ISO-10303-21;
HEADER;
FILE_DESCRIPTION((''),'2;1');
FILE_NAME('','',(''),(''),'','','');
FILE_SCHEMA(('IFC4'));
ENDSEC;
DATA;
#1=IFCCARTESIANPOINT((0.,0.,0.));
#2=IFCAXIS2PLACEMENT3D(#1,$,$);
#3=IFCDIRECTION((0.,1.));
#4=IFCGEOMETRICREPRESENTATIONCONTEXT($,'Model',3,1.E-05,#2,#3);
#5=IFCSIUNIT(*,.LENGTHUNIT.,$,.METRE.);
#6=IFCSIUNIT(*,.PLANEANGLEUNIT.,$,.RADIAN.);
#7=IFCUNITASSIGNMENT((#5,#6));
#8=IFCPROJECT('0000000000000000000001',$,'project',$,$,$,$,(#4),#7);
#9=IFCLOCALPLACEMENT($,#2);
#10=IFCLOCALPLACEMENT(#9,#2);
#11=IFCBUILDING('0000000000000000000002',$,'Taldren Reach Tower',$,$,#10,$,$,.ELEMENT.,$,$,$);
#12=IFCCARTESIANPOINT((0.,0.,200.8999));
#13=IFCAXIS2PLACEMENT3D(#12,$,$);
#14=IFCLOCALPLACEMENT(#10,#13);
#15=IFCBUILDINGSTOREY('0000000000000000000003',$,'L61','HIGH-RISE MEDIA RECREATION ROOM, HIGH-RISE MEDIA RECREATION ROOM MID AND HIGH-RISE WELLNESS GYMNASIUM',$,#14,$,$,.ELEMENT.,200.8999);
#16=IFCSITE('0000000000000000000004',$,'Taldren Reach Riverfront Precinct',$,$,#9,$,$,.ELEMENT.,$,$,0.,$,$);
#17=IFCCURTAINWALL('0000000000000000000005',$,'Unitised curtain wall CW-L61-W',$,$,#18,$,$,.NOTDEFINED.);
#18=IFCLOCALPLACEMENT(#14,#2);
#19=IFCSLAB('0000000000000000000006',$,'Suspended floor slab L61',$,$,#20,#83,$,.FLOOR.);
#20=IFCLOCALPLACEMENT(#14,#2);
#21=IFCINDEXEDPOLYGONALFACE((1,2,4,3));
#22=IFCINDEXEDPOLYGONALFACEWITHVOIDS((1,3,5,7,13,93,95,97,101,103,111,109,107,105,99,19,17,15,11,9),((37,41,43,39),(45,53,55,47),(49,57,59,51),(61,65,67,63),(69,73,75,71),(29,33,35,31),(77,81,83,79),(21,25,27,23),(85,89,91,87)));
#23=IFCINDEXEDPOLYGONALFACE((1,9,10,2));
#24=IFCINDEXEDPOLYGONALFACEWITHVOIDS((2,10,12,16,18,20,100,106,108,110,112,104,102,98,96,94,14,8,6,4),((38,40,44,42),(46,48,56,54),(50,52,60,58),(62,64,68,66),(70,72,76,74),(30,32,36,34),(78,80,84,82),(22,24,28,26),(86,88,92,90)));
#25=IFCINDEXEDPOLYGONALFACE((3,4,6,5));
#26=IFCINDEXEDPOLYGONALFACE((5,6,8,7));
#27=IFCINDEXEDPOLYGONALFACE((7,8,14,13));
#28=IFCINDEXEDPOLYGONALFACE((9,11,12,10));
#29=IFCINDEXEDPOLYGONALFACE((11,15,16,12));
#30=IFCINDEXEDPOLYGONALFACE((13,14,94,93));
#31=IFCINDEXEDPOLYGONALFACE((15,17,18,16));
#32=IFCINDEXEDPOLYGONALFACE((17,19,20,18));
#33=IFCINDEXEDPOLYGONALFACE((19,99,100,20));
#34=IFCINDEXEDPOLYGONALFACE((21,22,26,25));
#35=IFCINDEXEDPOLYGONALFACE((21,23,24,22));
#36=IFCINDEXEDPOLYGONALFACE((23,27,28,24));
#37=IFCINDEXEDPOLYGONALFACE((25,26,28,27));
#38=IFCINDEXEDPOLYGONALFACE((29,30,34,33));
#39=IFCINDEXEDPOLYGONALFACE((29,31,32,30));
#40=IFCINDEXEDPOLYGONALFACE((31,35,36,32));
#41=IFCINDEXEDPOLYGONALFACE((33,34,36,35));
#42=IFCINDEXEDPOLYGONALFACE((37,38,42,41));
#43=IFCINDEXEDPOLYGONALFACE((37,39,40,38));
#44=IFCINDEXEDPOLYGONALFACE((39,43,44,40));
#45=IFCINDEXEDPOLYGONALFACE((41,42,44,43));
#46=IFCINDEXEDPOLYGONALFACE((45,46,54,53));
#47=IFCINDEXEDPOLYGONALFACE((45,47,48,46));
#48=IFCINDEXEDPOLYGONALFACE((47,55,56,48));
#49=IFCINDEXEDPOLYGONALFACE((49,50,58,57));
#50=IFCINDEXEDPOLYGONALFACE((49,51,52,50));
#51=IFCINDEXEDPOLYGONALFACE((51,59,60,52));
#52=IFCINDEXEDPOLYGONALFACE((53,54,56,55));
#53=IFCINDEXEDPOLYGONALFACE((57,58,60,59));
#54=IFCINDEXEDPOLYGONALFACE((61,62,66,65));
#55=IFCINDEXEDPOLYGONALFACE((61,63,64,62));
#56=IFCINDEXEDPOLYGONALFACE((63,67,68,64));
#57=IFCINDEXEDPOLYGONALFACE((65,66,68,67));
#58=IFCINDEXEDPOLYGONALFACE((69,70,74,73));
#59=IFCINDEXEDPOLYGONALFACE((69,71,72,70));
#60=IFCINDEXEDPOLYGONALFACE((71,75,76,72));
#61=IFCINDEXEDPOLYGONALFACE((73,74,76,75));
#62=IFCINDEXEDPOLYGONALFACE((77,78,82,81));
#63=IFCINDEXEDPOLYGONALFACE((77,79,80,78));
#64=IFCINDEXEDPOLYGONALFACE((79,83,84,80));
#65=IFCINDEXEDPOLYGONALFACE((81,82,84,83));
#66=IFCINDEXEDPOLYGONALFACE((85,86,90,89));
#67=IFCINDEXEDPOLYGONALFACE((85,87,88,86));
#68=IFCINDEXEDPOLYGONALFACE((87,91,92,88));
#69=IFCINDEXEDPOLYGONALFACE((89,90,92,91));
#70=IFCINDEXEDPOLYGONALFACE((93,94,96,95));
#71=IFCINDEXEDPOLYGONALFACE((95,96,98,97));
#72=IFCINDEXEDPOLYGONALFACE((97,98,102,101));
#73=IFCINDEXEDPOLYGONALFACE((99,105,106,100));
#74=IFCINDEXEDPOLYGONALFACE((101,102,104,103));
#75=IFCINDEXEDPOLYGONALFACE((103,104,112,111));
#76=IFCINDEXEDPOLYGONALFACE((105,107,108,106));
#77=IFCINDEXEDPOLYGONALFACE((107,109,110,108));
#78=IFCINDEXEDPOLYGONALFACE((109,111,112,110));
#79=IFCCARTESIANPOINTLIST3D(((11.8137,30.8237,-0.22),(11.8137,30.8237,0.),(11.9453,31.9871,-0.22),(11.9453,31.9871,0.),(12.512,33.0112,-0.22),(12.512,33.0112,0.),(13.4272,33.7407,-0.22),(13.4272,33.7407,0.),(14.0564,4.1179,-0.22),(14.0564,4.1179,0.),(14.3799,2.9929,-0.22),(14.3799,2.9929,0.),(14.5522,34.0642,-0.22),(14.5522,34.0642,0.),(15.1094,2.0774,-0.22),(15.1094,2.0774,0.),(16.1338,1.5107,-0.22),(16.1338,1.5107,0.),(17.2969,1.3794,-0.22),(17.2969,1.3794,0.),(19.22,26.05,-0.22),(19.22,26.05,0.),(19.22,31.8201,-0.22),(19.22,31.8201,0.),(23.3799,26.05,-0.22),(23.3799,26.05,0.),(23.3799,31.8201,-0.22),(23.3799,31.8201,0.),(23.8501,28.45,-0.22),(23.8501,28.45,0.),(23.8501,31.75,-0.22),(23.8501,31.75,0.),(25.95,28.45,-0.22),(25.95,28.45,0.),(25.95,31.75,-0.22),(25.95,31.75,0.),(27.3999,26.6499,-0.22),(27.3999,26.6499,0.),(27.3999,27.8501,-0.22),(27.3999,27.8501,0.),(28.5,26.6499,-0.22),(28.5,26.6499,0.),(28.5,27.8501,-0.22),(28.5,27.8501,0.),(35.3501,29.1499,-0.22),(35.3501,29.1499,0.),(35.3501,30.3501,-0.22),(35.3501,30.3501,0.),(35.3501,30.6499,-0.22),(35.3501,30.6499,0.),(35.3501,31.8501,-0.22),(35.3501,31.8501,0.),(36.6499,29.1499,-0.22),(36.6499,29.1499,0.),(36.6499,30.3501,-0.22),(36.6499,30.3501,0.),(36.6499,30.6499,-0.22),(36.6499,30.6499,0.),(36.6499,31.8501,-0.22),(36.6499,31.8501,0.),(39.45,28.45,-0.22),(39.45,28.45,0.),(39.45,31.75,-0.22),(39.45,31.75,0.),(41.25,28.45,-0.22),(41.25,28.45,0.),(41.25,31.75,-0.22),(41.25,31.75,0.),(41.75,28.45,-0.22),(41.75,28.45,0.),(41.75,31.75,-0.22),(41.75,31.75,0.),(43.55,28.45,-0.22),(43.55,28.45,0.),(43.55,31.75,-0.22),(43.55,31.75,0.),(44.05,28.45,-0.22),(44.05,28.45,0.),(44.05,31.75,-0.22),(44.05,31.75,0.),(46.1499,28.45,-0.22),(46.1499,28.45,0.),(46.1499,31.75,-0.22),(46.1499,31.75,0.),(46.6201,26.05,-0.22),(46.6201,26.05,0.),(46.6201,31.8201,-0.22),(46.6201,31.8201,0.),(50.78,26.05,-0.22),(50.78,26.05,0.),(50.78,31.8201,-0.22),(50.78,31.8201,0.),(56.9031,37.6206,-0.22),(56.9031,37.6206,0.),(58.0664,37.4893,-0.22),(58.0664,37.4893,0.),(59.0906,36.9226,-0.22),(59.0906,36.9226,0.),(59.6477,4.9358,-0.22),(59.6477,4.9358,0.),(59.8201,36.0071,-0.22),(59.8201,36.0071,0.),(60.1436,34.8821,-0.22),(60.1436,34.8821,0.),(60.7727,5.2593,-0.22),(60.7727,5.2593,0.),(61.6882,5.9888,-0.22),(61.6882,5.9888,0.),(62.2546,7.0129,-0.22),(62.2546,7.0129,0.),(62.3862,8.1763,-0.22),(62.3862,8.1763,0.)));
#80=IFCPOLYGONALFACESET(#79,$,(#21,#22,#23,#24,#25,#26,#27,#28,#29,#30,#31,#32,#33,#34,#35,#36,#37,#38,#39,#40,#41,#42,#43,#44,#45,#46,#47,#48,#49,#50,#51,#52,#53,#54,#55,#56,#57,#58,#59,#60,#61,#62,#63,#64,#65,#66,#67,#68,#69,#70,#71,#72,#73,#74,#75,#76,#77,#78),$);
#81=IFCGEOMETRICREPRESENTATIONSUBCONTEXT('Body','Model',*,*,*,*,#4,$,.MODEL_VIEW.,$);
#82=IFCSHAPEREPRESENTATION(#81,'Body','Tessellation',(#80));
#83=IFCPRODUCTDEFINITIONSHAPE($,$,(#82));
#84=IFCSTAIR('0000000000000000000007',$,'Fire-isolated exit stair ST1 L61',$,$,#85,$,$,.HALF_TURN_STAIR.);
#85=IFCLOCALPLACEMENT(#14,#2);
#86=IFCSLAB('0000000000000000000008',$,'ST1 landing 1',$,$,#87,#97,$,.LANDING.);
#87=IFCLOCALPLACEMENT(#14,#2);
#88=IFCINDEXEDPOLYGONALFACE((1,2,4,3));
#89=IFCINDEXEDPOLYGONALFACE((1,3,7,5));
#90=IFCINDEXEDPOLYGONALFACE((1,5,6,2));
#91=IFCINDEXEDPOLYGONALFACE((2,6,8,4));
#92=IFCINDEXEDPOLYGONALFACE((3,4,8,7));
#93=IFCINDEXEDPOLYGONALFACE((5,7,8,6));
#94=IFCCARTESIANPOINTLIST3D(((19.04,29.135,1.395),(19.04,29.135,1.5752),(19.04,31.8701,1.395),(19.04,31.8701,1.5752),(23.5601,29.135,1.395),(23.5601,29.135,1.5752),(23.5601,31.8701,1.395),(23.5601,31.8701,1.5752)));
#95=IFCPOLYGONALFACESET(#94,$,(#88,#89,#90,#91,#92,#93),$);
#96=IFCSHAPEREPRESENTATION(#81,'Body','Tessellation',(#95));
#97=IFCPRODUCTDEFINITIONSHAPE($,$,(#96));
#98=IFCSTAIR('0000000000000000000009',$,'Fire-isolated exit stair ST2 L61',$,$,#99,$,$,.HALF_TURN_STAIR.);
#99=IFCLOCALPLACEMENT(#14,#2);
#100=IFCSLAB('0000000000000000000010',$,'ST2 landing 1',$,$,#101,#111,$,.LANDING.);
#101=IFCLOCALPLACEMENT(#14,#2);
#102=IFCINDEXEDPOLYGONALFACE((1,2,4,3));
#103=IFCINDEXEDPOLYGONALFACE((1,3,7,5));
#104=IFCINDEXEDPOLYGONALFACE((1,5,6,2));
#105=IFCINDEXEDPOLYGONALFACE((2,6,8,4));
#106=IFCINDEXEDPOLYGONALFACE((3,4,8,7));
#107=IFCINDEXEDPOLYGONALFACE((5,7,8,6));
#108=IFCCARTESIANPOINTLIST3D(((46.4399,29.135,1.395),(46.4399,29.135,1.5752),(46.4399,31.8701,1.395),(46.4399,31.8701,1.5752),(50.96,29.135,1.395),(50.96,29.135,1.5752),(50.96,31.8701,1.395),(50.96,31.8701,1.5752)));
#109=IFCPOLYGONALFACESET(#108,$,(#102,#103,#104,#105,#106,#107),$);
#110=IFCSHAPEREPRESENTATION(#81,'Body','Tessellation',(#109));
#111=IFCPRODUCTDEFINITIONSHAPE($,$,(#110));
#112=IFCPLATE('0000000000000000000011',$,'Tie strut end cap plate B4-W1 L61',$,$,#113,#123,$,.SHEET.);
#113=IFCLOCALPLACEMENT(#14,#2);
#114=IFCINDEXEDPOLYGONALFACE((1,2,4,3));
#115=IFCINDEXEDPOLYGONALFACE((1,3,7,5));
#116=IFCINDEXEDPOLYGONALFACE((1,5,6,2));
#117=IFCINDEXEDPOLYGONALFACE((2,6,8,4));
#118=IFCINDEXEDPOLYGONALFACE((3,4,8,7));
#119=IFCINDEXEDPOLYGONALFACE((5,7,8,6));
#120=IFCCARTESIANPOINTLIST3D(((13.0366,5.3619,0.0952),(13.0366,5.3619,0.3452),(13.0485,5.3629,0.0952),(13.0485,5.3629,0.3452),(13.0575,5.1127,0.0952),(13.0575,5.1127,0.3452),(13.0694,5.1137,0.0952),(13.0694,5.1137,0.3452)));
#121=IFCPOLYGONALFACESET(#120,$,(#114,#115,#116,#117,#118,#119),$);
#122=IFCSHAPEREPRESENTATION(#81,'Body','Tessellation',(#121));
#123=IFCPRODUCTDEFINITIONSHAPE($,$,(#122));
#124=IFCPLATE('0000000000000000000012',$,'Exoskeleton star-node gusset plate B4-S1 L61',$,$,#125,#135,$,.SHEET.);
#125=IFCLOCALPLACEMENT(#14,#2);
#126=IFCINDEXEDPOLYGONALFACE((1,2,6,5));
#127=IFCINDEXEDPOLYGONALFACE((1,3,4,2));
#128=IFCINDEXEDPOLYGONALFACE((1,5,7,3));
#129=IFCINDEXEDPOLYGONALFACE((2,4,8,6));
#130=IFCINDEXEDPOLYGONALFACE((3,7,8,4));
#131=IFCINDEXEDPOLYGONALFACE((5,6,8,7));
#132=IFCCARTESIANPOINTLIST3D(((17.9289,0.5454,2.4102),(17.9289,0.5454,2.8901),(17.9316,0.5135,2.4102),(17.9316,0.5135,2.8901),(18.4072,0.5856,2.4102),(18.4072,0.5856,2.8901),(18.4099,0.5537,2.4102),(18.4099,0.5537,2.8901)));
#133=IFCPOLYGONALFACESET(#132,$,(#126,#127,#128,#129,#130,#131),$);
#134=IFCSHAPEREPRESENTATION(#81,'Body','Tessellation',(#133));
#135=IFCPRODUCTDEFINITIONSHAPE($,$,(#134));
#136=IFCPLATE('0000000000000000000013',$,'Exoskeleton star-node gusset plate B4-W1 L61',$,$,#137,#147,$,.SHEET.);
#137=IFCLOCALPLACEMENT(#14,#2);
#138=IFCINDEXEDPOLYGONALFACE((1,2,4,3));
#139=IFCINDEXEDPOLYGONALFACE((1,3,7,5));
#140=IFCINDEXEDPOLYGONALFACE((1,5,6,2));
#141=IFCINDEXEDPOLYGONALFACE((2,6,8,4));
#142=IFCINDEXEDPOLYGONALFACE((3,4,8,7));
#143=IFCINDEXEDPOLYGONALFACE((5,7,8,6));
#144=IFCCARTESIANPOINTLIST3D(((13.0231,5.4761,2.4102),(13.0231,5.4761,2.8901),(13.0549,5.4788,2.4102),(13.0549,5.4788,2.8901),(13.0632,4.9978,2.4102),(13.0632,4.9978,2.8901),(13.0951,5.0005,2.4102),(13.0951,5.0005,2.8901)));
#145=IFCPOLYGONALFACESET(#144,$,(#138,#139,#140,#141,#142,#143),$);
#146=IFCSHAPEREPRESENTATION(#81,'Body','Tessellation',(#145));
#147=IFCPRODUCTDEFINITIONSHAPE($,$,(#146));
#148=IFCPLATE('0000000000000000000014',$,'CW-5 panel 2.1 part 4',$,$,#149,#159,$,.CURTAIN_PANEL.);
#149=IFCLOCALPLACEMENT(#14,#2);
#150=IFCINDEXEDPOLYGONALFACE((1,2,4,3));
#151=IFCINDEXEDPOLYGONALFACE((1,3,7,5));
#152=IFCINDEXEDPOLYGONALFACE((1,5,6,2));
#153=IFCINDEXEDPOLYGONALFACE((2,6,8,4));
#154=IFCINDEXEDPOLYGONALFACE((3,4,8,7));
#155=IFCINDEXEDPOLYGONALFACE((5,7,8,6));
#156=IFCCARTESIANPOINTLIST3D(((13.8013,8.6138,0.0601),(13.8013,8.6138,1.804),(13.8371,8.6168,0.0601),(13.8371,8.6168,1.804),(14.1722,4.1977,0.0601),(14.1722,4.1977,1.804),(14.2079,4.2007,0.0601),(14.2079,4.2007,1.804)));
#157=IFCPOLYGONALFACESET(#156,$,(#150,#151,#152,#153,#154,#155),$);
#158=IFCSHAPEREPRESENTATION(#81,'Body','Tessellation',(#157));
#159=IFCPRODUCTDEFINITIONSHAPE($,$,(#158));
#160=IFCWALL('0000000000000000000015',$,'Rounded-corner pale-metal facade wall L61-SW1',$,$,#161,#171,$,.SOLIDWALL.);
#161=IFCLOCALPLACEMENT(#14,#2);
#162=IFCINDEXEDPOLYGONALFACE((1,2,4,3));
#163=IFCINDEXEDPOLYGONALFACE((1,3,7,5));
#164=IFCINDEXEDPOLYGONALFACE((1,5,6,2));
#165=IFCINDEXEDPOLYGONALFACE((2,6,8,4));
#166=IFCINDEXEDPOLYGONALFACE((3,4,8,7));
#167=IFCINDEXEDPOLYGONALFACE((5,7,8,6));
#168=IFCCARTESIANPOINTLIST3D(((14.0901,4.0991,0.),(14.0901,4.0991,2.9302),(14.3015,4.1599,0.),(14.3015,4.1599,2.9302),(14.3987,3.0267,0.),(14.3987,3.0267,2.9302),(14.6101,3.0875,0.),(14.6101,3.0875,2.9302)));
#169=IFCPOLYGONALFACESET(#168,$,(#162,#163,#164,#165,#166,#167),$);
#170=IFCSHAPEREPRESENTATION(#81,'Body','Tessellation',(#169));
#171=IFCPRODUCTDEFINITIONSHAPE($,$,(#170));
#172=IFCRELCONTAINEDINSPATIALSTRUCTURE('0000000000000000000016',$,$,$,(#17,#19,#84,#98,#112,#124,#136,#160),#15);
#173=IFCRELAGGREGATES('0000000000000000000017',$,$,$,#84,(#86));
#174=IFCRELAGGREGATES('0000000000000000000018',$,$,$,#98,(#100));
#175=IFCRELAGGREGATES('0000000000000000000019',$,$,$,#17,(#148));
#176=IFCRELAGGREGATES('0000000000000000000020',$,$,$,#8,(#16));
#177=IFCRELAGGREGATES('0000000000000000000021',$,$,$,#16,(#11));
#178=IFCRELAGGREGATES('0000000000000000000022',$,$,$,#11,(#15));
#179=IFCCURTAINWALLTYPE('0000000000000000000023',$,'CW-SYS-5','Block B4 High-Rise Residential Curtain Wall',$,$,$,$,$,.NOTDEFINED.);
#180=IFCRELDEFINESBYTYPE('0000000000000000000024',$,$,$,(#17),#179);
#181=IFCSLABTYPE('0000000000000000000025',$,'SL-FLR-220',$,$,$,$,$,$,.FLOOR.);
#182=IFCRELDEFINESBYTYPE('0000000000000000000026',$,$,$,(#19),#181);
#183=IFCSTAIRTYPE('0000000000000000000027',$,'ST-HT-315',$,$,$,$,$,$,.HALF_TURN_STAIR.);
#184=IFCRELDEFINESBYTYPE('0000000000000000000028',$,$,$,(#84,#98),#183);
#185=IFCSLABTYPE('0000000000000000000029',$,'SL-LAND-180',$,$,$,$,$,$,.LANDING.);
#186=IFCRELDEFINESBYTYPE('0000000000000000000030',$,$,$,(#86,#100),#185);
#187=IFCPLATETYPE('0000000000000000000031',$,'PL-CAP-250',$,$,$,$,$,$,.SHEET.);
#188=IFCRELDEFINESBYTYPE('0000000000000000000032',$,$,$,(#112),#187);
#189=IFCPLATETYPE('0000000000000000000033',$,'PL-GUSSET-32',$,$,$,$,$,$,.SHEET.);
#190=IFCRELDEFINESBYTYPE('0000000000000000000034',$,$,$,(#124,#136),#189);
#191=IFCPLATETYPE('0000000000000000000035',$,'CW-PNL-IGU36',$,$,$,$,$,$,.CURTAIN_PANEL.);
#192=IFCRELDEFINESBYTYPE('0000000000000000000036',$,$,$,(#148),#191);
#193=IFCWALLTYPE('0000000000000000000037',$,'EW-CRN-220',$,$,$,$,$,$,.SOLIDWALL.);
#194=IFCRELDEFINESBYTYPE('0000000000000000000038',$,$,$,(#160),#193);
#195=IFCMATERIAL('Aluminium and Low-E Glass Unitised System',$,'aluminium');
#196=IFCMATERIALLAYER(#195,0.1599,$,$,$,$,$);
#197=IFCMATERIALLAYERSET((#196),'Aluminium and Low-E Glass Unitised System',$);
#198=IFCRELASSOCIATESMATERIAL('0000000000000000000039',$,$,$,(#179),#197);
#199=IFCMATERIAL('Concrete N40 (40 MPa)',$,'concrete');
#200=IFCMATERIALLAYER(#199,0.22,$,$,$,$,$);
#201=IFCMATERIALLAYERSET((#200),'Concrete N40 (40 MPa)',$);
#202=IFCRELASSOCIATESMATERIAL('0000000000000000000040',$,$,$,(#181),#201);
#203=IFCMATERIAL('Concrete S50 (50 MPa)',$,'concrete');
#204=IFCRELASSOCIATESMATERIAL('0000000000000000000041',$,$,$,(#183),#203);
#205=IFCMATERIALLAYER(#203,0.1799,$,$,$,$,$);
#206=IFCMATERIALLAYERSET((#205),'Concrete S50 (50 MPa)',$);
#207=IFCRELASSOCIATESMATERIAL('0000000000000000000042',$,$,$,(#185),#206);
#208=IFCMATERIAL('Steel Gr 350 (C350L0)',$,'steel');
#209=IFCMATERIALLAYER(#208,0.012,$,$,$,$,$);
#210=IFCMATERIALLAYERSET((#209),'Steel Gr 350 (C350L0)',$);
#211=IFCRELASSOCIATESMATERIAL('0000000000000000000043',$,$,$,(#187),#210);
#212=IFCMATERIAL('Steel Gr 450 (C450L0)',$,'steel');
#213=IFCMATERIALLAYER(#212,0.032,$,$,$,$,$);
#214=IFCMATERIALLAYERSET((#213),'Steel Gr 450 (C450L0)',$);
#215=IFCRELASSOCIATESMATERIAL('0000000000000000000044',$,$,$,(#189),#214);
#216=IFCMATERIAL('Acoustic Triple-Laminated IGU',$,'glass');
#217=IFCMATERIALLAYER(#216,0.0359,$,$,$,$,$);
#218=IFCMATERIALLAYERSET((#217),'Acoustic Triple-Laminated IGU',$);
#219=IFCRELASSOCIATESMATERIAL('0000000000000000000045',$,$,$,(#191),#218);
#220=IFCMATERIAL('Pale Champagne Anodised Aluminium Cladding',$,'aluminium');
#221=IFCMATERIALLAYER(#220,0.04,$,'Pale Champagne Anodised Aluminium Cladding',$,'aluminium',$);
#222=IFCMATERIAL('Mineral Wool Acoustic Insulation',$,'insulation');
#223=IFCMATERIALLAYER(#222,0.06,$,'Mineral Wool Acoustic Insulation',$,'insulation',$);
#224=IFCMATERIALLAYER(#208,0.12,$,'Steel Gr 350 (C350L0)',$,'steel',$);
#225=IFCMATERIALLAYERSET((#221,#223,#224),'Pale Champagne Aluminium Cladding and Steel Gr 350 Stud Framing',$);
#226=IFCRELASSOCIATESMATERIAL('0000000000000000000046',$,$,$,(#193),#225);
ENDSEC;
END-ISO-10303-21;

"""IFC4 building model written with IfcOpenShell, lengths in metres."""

from ifc_helpers import new_model, si_unit, direction, frame, frame_2d, origin, origin_2d, place, context, subcontext, project, spatial, polyline, rectangle, outline, extrude, source, transform, mapped, material, layer, layer_set, type_object, element, aggregate, save


model = new_model("IFC4")

# Units and contexts
model_context = context("Model", 3, precision=1e-05, world=origin(), true_north=direction((0.0, 1.0)))
body_context = subcontext(model_context, "Body", "Model", "MODEL_VIEW")
ifc_project = project(units=[si_unit("LENGTHUNIT", "METRE"), si_unit("PLANEANGLEUNIT", "RADIAN")], contexts=[model_context])

# Site, building, storey
site_placement = place(None, origin())
site = spatial("IfcSite", under=ifc_project, at=site_placement, Name="Taldren Reach Riverfront Precinct", CompositionType="ELEMENT", RefElevation=0.0)
building_placement = place(site_placement, origin())
building = spatial("IfcBuilding", under=site, at=building_placement, Name="Taldren Reach Tower", CompositionType="ELEMENT")
storey_placement = place(building_placement, frame((0.0, 0.0, 200.8999)))
storey = spatial("IfcBuildingStorey", under=building, at=storey_placement, Name="L61", Description="HIGH-RISE MEDIA RECREATION ROOM, HIGH-RISE MEDIA RECREATION ROOM MID AND HIGH-RISE WELLNESS GYMNASIUM", CompositionType="ELEMENT", Elevation=200.8999)

# Shared definitions
ifc_material_1 = material(Name="Steel Gr 350 (C350L0)", Category="steel")

# Shared definitions
ifc_material_2 = material(Name="Steel Gr 450 (C450L0)", Category="steel")

# Curtain wall
ifc_material_3 = material(Name="Aluminium and Low-E Glass Unitised System", Category="aluminium")
ifc_layer_1 = layer(ifc_material_3, 0.1599)
ifc_layer_set_1 = layer_set([ifc_layer_1], Name="Aluminium and Low-E Glass Unitised System")
curtain_wall_type = type_object("IfcCurtainWallType", Name="CW-SYS-5", Description="Block B4 High-Rise Residential Curtain Wall", PredefinedType="NOTDEFINED", material=ifc_layer_set_1)
curtain_wall_1_placement = place(storey_placement, origin())
curtain_wall_1 = element("IfcCurtainWall", 1, at=curtain_wall_1_placement, inside=storey, type_object=curtain_wall_type, Name="Unitised curtain wall CW-L61-W", PredefinedType="NOTDEFINED")

# Slab
ifc_material_4 = material(Name="Concrete N40 (40 MPa)", Category="concrete")
ifc_layer_2 = layer(ifc_material_4, 0.22)
ifc_layer_set_2 = layer_set([ifc_layer_2], Name="Concrete N40 (40 MPa)")
slab_type_1 = type_object("IfcSlabType", Name="SL-FLR-220", PredefinedType="FLOOR", material=ifc_layer_set_2)
slab_1_placement = place(storey_placement, frame((0.0, 0.0, -0.22)))
element("IfcSlab", 2, at=slab_1_placement, inside=storey, type_object=slab_type_1, Name="Suspended floor slab L61", PredefinedType="FLOOR", context=body_context, shape_type="SweptSolid", body=[
    extrude(outline(polyline([(59.6477, 4.9358), (60.7727, 5.2593), (61.6882, 5.9888), (62.2546, 7.0129), (62.3862, 8.1763), (60.1436, 34.8821), (59.8201, 36.0071), (59.0906, 36.9226), (58.0664, 37.4893), (56.9031, 37.6206), (14.5522, 34.0642), (13.4272, 33.7407), (12.512, 33.0112), (11.9453, 31.9871), (11.8137, 30.8237), (14.0564, 4.1179), (14.3799, 2.9929), (15.1094, 2.0774), (16.1338, 1.5107), (17.2969, 1.3794), (59.6477, 4.9358)]), holes=[polyline([(19.22, 26.05), (23.3799, 26.05), (23.3799, 31.8201), (19.22, 31.8201), (19.22, 26.05)]), polyline([(46.6201, 26.05), (50.78, 26.05), (50.78, 31.8201), (46.6201, 31.8201), (46.6201, 26.05)]), polyline([(23.8501, 28.45), (25.95, 28.45), (25.95, 31.75), (23.8501, 31.75), (23.8501, 28.45)]), polyline([(44.05, 28.45), (46.1499, 28.45), (46.1499, 31.75), (44.05, 31.75), (44.05, 28.45)]), polyline([(39.45, 28.45), (41.25, 28.45), (41.25, 31.75), (39.45, 31.75), (39.45, 28.45)]), polyline([(41.75, 28.45), (43.55, 28.45), (43.55, 31.75), (41.75, 31.75), (41.75, 28.45)]), polyline([(35.3501, 30.6499), (36.6499, 30.6499), (36.6499, 31.8501), (35.3501, 31.8501), (35.3501, 30.6499)]), polyline([(35.3501, 29.1499), (36.6499, 29.1499), (36.6499, 30.3501), (35.3501, 30.3501), (35.3501, 29.1499)]), polyline([(27.3999, 26.6499), (28.5, 26.6499), (28.5, 27.8501), (27.3999, 27.8501), (27.3999, 26.6499)])]), origin(), (0.0, 0.0, 1.0), 0.22),
])

# Stairs, slabs
ifc_material_5 = material(Name="Concrete S50 (50 MPa)", Category="concrete")
stair_type = type_object("IfcStairType", Name="ST-HT-315", PredefinedType="HALF_TURN_STAIR", material=ifc_material_5)
stair_1_placement = place(storey_placement, origin())
stair_1 = element("IfcStair", 3, at=stair_1_placement, inside=storey, type_object=stair_type, Name="Fire-isolated exit stair ST1 L61", PredefinedType="HALF_TURN_STAIR")
ifc_layer_3 = layer(ifc_material_5, 0.1799)
ifc_layer_set_3 = layer_set([ifc_layer_3], Name="Concrete S50 (50 MPa)")
slab_type_2 = type_object("IfcSlabType", Name="SL-LAND-180", PredefinedType="LANDING", material=ifc_layer_set_3)
slab_2_placement = place(storey_placement, frame((0.0, 0.0, 1.395)))
slab_2 = element("IfcSlab", 4, at=slab_2_placement, type_object=slab_type_2, Name="ST1 landing 1", PredefinedType="LANDING", context=body_context, shape_type="SweptSolid", body=[
    extrude(outline(polyline([(19.04, 29.135), (23.5601, 29.135), (23.5601, 31.8701), (19.04, 31.8701), (19.04, 29.135)])), origin(), (0.0, 0.0, 1.0), 0.1802),
])
aggregate(stair_1, [slab_2])
stair_2_placement = place(storey_placement, origin())
stair_2 = element("IfcStair", 5, at=stair_2_placement, inside=storey, type_object=stair_type, Name="Fire-isolated exit stair ST2 L61", PredefinedType="HALF_TURN_STAIR")
slab_3_placement = place(storey_placement, frame((0.0, 0.0, 1.395)))
slab_3 = element("IfcSlab", 6, at=slab_3_placement, type_object=slab_type_2, Name="ST2 landing 1", PredefinedType="LANDING", context=body_context, shape_type="SweptSolid", body=[
    extrude(outline(polyline([(46.4399, 29.135), (50.96, 29.135), (50.96, 31.8701), (46.4399, 31.8701), (46.4399, 29.135)])), origin(), (0.0, 0.0, 1.0), 0.1802),
])
aggregate(stair_2, [slab_3])

# Plates
ifc_layer_4 = layer(ifc_material_1, 0.012)
ifc_layer_set_4 = layer_set([ifc_layer_4], Name="Steel Gr 350 (C350L0)")
plate_type_1 = type_object("IfcPlateType", Name="PL-CAP-250", PredefinedType="SHEET", material=ifc_layer_set_4)
shared_shape_1 = source(origin(), body_context, "Body", "SweptSolid", [
    extrude(rectangle(XDim=0.012, YDim=0.25, at=origin_2d()), origin(), (0.0, 0.0, 1.0), 0.25),
])
plate_1_placement = place(storey_placement, frame((13.053, 5.2378, 0.0952), z_axis=(0.0, 0.0, 1.0), x_axis=(0.996493, 0.083678, 0.0)))
element("IfcPlate", 7, at=plate_1_placement, inside=storey, type_object=plate_type_1, Name="Tie strut end cap plate B4-W1 L61", PredefinedType="SHEET", context=body_context, shape_type="MappedRepresentation", body=[
    mapped(shared_shape_1, transform((0.0, 0.0, 0.0), scale=1.0)),
])
ifc_layer_5 = layer(ifc_material_2, 0.032)
ifc_layer_set_5 = layer_set([ifc_layer_5], Name="Steel Gr 450 (C450L0)")
plate_type_2 = type_object("IfcPlateType", Name="PL-GUSSET-32", PredefinedType="SHEET", material=ifc_layer_set_5)
shared_shape_2 = source(origin(), body_context, "Body", "SweptSolid", [
    extrude(rectangle(XDim=0.48, YDim=0.032, at=origin_2d()), origin(), (0.0, 0.0, 1.0), 0.48),
])
for number, where, z_axis, x_axis, name in (
    (8, (18.1694, 0.5496, 2.4102), (0.0, 0.0, 1.0), (0.996493, 0.083678, 0.0), "Exoskeleton star-node gusset plate B4-S1 L61"),
    (9, (13.0591, 5.2383, 2.4102), (0.0, 0.0, 1.0), (-0.083678, 0.996493, 0.0), "Exoskeleton star-node gusset plate B4-W1 L61"),
):
    element("IfcPlate", number, at=place(storey_placement, frame(where, z_axis=z_axis, x_axis=x_axis)), inside=storey, type_object=plate_type_2, Name=name, PredefinedType="SHEET", context=body_context, shape_type="MappedRepresentation", body=[
        mapped(shared_shape_2, transform((0.0, 0.0, 0.0), scale=1.0)),
    ])

# Plate
ifc_material_6 = material(Name="Acoustic Triple-Laminated IGU", Category="glass")
ifc_layer_6 = layer(ifc_material_6, 0.0359)
ifc_layer_set_6 = layer_set([ifc_layer_6], Name="Acoustic Triple-Laminated IGU")
plate_type_3 = type_object("IfcPlateType", Name="CW-PNL-IGU36", PredefinedType="CURTAIN_PANEL", material=ifc_layer_set_6)
shared_shape_3 = source(origin(), body_context, "Body", "SweptSolid", [
    extrude(rectangle(XDim=4.4316, YDim=0.0359, at=origin_2d()), origin(), (0.0, 0.0, 1.0), 1.7439),
])
plate_2_placement = place(storey_placement, frame((14.0046, 6.4072, 0.0601), z_axis=(0.0, 0.0, 1.0), x_axis=(0.083678, -0.996493, 0.0)))
plate_2 = element("IfcPlate", 10, at=plate_2_placement, type_object=plate_type_3, Name="CW-5 panel 2.1 part 4", PredefinedType="CURTAIN_PANEL", context=body_context, shape_type="MappedRepresentation", body=[
    mapped(shared_shape_3, transform((0.0, 0.0, 0.0), scale=1.0)),
])
aggregate(curtain_wall_1, [plate_2])

# Wall
ifc_material_7 = material(Name="Pale Champagne Anodised Aluminium Cladding", Category="aluminium")
ifc_layer_7 = layer(ifc_material_7, 0.04, Name="Pale Champagne Anodised Aluminium Cladding", Category="aluminium")
ifc_material_8 = material(Name="Mineral Wool Acoustic Insulation", Category="insulation")
ifc_layer_8 = layer(ifc_material_8, 0.06, Name="Mineral Wool Acoustic Insulation", Category="insulation")
ifc_layer_9 = layer(ifc_material_1, 0.12, Name="Steel Gr 350 (C350L0)", Category="steel")
ifc_layer_set_7 = layer_set([ifc_layer_7, ifc_layer_8, ifc_layer_9], Name="Pale Champagne Aluminium Cladding and Steel Gr 350 Stud Framing")
wall_type = type_object("IfcWallType", Name="EW-CRN-220", PredefinedType="SOLIDWALL", material=ifc_layer_set_7)
shared_shape_4 = source(origin(), body_context, "Body", "SweptSolid", [
    extrude(rectangle(XDim=1.116, YDim=0.22, at=frame_2d((0.5581, 0.0))), origin(), (0.0, 0.0, 1.0), 2.9302),
])
for number, where, z_axis, x_axis, name in (
    (11, (14.1958, 4.1296, 0.0), (0.0, 0.0, 1.0), (0.276512, -0.96101, 0.0), "Rounded-corner pale-metal facade wall L61-SW1"),
):
    element("IfcWall", number, at=place(storey_placement, frame(where, z_axis=z_axis, x_axis=x_axis)), inside=storey, type_object=wall_type, Name=name, PredefinedType="SOLIDWALL", context=body_context, shape_type="MappedRepresentation", body=[
        mapped(shared_shape_4, transform((0.0, 0.0, 0.0), scale=1.0)),
    ])

save(model, "model.ifc")
